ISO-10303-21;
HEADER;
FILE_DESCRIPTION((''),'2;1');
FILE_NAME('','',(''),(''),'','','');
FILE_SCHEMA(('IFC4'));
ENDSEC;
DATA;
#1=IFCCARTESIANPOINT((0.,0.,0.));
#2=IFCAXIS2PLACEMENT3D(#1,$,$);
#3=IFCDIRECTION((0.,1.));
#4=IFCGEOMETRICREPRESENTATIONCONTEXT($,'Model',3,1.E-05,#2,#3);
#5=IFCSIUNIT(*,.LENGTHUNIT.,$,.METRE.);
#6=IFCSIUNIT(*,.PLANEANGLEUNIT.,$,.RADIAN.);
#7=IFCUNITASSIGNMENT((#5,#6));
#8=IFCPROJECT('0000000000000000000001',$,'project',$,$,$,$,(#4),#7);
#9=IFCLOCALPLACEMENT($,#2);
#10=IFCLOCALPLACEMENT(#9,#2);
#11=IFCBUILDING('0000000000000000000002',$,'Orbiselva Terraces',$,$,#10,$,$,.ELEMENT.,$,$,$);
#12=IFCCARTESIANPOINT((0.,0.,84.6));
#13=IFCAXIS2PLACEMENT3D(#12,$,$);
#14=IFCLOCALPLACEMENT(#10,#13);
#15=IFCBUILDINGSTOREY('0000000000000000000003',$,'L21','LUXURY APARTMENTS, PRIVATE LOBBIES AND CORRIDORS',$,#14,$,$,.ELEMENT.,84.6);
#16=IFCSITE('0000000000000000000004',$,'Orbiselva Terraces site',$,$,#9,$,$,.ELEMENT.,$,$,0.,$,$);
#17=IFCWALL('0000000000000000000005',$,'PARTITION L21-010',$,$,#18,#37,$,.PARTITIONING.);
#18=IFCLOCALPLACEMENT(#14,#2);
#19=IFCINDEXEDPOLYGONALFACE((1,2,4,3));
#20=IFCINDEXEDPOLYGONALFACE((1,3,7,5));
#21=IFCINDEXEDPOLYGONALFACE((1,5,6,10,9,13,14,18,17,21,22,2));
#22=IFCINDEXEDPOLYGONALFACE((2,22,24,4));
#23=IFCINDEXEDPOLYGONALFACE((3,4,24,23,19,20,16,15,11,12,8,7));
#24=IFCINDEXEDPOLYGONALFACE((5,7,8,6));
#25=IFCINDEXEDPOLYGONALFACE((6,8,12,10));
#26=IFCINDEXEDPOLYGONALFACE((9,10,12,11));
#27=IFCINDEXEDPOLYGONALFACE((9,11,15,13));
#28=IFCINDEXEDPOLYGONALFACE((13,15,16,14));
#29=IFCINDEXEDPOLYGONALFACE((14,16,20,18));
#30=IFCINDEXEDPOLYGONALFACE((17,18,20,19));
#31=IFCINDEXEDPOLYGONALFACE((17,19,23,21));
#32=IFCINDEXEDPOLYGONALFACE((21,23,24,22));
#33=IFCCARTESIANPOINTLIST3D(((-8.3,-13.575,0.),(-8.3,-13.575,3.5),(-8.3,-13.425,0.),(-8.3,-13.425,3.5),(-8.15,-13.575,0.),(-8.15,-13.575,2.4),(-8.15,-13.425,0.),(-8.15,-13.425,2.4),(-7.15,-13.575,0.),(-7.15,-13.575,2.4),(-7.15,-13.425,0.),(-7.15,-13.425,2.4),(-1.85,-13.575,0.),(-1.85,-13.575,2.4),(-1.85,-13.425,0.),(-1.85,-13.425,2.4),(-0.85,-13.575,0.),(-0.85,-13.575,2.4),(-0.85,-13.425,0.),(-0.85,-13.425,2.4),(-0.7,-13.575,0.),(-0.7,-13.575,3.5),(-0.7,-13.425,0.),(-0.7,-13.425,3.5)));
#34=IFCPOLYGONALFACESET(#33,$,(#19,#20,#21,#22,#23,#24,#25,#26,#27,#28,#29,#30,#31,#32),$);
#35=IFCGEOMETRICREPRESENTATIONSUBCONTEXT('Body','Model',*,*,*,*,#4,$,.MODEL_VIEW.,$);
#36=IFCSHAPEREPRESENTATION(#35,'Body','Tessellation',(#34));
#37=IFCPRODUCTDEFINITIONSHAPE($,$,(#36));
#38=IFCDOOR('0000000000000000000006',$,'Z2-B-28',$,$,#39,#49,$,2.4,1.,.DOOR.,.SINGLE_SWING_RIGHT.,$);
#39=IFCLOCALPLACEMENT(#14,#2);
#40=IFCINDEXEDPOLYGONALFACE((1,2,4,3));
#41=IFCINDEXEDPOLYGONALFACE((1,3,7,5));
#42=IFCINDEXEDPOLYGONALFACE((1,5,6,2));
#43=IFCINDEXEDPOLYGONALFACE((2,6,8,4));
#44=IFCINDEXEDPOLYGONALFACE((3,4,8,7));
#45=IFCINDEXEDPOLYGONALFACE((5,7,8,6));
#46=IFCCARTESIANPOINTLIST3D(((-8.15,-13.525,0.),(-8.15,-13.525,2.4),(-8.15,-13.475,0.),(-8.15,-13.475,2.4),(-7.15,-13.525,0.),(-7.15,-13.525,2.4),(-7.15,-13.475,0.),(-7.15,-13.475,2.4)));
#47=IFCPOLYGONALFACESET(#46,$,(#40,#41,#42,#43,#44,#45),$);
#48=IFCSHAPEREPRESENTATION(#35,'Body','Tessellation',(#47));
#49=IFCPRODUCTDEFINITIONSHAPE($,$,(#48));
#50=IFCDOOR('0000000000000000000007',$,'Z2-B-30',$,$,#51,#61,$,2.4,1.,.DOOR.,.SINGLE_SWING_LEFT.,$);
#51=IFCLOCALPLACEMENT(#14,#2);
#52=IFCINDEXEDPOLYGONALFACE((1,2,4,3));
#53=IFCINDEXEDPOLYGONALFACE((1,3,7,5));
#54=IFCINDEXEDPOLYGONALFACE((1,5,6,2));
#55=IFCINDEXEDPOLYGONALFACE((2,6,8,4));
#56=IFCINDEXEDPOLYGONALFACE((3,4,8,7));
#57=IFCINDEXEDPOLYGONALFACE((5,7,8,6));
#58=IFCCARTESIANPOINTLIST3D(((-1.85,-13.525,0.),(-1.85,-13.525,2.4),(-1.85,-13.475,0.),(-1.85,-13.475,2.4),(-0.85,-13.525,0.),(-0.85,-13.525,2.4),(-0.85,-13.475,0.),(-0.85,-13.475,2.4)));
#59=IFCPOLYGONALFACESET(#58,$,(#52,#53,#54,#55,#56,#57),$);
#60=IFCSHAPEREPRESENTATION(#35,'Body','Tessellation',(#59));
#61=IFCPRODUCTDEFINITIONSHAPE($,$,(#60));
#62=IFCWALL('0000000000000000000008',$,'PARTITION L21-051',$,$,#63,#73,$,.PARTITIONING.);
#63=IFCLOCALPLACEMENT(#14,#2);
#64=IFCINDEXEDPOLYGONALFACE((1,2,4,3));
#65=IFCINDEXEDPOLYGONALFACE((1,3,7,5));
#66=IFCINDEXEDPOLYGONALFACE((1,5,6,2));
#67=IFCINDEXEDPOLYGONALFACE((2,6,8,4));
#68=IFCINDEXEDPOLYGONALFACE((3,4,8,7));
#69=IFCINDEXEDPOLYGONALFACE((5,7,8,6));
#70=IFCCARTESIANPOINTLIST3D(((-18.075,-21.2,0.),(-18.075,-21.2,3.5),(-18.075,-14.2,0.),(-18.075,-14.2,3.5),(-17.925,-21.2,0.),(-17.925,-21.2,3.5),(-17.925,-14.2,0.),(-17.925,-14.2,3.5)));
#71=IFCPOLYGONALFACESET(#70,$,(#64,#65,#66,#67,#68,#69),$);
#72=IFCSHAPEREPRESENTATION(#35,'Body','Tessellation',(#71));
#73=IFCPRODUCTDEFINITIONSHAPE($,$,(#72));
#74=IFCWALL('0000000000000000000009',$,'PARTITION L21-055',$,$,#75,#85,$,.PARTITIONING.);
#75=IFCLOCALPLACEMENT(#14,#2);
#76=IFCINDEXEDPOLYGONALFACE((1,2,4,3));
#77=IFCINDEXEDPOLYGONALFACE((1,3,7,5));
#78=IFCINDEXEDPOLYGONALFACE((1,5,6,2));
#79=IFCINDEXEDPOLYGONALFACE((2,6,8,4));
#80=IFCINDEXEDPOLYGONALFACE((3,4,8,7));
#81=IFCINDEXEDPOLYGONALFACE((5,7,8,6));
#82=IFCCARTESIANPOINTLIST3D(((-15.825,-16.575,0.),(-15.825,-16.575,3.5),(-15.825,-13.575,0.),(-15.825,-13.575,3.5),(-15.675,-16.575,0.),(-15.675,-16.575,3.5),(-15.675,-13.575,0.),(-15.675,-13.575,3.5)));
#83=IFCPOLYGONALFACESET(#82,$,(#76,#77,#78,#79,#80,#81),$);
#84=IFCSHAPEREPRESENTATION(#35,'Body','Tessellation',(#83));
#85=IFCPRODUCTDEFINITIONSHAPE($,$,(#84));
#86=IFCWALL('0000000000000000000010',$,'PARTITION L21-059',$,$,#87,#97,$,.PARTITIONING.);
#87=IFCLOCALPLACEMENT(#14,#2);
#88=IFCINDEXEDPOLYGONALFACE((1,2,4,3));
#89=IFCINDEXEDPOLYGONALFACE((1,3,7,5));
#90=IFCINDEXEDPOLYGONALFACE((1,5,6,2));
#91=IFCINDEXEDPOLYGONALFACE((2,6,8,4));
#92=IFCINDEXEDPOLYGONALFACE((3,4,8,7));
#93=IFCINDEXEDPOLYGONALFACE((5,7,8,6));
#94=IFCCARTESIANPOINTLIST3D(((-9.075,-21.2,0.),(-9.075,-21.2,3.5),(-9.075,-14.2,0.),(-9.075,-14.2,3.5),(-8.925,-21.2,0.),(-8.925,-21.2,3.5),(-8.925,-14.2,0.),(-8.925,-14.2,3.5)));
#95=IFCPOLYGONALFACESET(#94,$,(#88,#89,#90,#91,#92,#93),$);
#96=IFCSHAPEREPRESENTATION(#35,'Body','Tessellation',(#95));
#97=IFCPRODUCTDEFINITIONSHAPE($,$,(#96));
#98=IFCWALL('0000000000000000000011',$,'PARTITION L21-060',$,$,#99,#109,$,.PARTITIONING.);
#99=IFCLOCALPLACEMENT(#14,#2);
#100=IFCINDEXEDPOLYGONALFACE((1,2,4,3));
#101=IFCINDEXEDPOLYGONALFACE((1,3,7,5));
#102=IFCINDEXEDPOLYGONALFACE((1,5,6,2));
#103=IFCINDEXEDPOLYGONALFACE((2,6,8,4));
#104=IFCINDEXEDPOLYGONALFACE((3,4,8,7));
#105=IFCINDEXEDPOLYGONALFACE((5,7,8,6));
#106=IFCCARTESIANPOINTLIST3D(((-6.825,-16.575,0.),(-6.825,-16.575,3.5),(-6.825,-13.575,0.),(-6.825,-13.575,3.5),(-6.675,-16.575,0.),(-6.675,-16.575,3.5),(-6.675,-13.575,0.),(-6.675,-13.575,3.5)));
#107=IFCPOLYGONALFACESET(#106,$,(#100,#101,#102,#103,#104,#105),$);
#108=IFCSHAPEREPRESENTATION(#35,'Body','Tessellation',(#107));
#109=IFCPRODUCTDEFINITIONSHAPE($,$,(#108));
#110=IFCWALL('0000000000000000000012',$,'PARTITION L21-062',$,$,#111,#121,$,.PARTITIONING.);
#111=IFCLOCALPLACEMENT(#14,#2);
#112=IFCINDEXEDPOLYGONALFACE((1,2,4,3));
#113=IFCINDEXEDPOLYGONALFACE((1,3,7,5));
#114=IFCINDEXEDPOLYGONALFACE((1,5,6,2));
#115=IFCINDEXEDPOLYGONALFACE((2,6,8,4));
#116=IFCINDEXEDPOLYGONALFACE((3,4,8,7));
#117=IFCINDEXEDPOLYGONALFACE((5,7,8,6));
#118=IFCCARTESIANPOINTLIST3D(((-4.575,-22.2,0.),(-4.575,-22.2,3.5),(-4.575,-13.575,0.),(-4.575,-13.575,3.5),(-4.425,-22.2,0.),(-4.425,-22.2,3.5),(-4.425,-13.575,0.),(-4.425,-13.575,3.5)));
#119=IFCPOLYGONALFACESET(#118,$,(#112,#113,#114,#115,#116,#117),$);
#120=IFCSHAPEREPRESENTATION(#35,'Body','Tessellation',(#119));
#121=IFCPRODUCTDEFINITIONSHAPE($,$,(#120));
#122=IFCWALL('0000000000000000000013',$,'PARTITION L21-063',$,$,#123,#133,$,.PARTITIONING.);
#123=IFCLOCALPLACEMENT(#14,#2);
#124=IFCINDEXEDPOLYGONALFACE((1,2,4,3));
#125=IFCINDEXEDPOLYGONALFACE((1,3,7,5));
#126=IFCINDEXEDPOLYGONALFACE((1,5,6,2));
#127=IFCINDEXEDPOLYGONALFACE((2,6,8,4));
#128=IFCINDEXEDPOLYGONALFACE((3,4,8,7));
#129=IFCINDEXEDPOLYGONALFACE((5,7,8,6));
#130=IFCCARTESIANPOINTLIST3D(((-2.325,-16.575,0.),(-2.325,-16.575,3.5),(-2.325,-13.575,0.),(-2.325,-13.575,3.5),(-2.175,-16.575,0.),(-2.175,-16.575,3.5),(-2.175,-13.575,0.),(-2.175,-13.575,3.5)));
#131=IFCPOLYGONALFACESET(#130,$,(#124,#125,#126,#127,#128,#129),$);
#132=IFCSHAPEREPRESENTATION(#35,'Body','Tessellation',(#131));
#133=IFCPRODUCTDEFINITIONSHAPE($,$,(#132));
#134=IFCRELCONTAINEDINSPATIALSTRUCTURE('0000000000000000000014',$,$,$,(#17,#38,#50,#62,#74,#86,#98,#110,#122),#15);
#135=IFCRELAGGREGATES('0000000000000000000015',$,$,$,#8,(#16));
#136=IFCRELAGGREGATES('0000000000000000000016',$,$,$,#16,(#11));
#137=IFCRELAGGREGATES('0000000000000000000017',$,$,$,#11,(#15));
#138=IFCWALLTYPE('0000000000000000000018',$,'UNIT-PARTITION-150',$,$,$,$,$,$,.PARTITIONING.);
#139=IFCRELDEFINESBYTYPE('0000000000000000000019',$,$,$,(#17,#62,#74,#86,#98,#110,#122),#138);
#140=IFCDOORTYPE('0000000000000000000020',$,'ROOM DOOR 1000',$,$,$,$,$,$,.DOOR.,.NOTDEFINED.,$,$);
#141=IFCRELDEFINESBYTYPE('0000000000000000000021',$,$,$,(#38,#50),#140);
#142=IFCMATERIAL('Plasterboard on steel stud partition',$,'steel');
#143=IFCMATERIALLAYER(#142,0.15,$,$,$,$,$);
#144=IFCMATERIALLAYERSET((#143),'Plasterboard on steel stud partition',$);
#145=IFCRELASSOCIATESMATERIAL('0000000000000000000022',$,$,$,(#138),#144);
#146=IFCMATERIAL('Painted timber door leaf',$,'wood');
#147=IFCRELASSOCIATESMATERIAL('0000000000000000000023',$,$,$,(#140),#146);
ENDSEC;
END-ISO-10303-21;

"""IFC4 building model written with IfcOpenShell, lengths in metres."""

from ifc_helpers import new_model, si_unit, direction, frame, frame_2d, origin, place, context, subcontext, project, spatial, rectangle, extrude, material, layer, layer_set, type_object, element, fill, save


model = new_model("IFC4")

# Units and contexts
model_context = context("Model", 3, precision=1e-05, world=origin(), true_north=direction((0.0, 1.0)))
body_context = subcontext(model_context, "Body", "Model", "MODEL_VIEW")
ifc_project = project(units=[si_unit("LENGTHUNIT", "METRE"), si_unit("PLANEANGLEUNIT", "RADIAN")], contexts=[model_context])

# Site, building, storey
site_placement = place(None, origin())
site = spatial("IfcSite", under=ifc_project, at=site_placement, Name="Orbiselva Terraces site", CompositionType="ELEMENT", RefElevation=0.0)
building_placement = place(site_placement, origin())
building = spatial("IfcBuilding", under=site, at=building_placement, Name="Orbiselva Terraces", CompositionType="ELEMENT")
storey_placement = place(building_placement, frame((0.0, 0.0, 84.6)))
storey = spatial("IfcBuildingStorey", under=building, at=storey_placement, Name="L21", Description="LUXURY APARTMENTS, PRIVATE LOBBIES AND CORRIDORS", CompositionType="ELEMENT", Elevation=84.6)

# Shared definitions
ifc_material_1 = material(Name="Plasterboard on steel stud partition", Category="steel")
ifc_layer_1 = layer(ifc_material_1, 0.15)
ifc_layer_set_1 = layer_set([ifc_layer_1], Name="Plasterboard on steel stud partition")
wall_type_1 = type_object("IfcWallType", Name="UNIT-PARTITION-150", PredefinedType="PARTITIONING", material=ifc_layer_set_1)
ifc_material_2 = material(Name="Painted timber door leaf", Category="wood")

# Wall, openings, doors
wall_1_placement = place(storey_placement, frame((-0.7, -13.5, 0.0), z_axis=(0.0, 0.0, 1.0), x_axis=(-1.0, 0.0, 0.0)))
wall_1 = element("IfcWall", 1, at=wall_1_placement, inside=storey, type_object=wall_type_1, Name="PARTITION L21-010", PredefinedType="PARTITIONING", context=body_context, shape_type="SweptSolid", body=[
    extrude(rectangle(XDim=7.6, YDim=0.15, at=frame_2d((3.8, 0.0))), origin(), (0.0, 0.0, 1.0), 3.5),
])
opening_1_placement = place(wall_1_placement, frame((6.45, 0.0, 0.0)))
opening_1 = element("IfcOpeningElement", 2, at=opening_1_placement, cuts=wall_1, PredefinedType="OPENING", context=body_context, shape_type="SweptSolid", body=[
    extrude(rectangle(XDim=1.0, YDim=2.4, at=frame_2d((0.5, 1.2))), frame((0.0, 0.085, 0.0), z_axis=(0.0, -1.0, 0.0), x_axis=(1.0, 0.0, 0.0)), (0.0, 0.0, 1.0), 0.17),
])
opening_2_placement = place(wall_1_placement, frame((0.15, 0.0, 0.0)))
opening_2 = element("IfcOpeningElement", 3, at=opening_2_placement, cuts=wall_1, PredefinedType="OPENING", context=body_context, shape_type="SweptSolid", body=[
    extrude(rectangle(XDim=1.0, YDim=2.4, at=frame_2d((0.5, 1.2))), frame((0.0, 0.085, 0.0), z_axis=(0.0, -1.0, 0.0), x_axis=(1.0, 0.0, 0.0)), (0.0, 0.0, 1.0), 0.17),
])
door_type_1 = type_object("IfcDoorType", Name="ROOM DOOR 1000", OperationType="NOTDEFINED", PredefinedType="DOOR", material=ifc_material_2)
door_1_placement = place(opening_1_placement, origin())
door_1 = element("IfcDoor", 4, at=door_1_placement, inside=storey, type_object=door_type_1, Name="Z2-B-28", OperationType="SINGLE_SWING_RIGHT", OverallHeight=2.4, OverallWidth=1.0, PredefinedType="DOOR", context=body_context, shape_type="SweptSolid", body=[
    extrude(rectangle(XDim=1.0, YDim=2.4, at=frame_2d((0.5, 1.2))), frame((0.0, 0.025, 0.0), z_axis=(0.0, -1.0, 0.0), x_axis=(1.0, 0.0, 0.0)), (0.0, 0.0, 1.0), 0.05),
])
fill(opening_1, door_1)
door_2_placement = place(opening_2_placement, origin())
door_2 = element("IfcDoor", 5, at=door_2_placement, inside=storey, type_object=door_type_1, Name="Z2-B-30", OperationType="SINGLE_SWING_LEFT", OverallHeight=2.4, OverallWidth=1.0, PredefinedType="DOOR", context=body_context, shape_type="SweptSolid", body=[
    extrude(rectangle(XDim=1.0, YDim=2.4, at=frame_2d((0.5, 1.2))), frame((0.0, 0.025, 0.0), z_axis=(0.0, -1.0, 0.0), x_axis=(1.0, 0.0, 0.0)), (0.0, 0.0, 1.0), 0.05),
])
fill(opening_2, door_2)

# Walls
wall_2_placement = place(storey_placement, frame((-18.0, -21.2, 0.0), z_axis=(0.0, 0.0, 1.0), x_axis=(0.0, 1.0, 0.0)))
element("IfcWall", 6, at=wall_2_placement, inside=storey, type_object=wall_type_1, Name="PARTITION L21-051", PredefinedType="PARTITIONING", context=body_context, shape_type="SweptSolid", body=[
    extrude(rectangle(XDim=7.0, YDim=0.15, at=frame_2d((3.5, 0.0))), origin(), (0.0, 0.0, 1.0), 3.5),
])
wall_3_placement = place(storey_placement, frame((-15.75, -16.575, 0.0), z_axis=(0.0, 0.0, 1.0), x_axis=(0.0, 1.0, 0.0)))
element("IfcWall", 7, at=wall_3_placement, inside=storey, type_object=wall_type_1, Name="PARTITION L21-055", PredefinedType="PARTITIONING", context=body_context, shape_type="SweptSolid", body=[
    extrude(rectangle(XDim=3.0, YDim=0.15, at=frame_2d((1.5, 0.0))), origin(), (0.0, 0.0, 1.0), 3.5),
])
wall_4_placement = place(storey_placement, frame((-9.0, -21.2, 0.0), z_axis=(0.0, 0.0, 1.0), x_axis=(0.0, 1.0, 0.0)))
element("IfcWall", 8, at=wall_4_placement, inside=storey, type_object=wall_type_1, Name="PARTITION L21-059", PredefinedType="PARTITIONING", context=body_context, shape_type="SweptSolid", body=[
    extrude(rectangle(XDim=7.0, YDim=0.15, at=frame_2d((3.5, 0.0))), origin(), (0.0, 0.0, 1.0), 3.5),
])
wall_5_placement = place(storey_placement, frame((-6.75, -16.575, 0.0), z_axis=(0.0, 0.0, 1.0), x_axis=(0.0, 1.0, 0.0)))
element("IfcWall", 9, at=wall_5_placement, inside=storey, type_object=wall_type_1, Name="PARTITION L21-060", PredefinedType="PARTITIONING", context=body_context, shape_type="SweptSolid", body=[
    extrude(rectangle(XDim=3.0, YDim=0.15, at=frame_2d((1.5, 0.0))), origin(), (0.0, 0.0, 1.0), 3.5),
])
wall_6_placement = place(storey_placement, frame((-4.5, -22.2, 0.0), z_axis=(0.0, 0.0, 1.0), x_axis=(0.0, 1.0, 0.0)))
element("IfcWall", 10, at=wall_6_placement, inside=storey, type_object=wall_type_1, Name="PARTITION L21-062", PredefinedType="PARTITIONING", context=body_context, shape_type="SweptSolid", body=[
    extrude(rectangle(XDim=8.625, YDim=0.15, at=frame_2d((4.3125, 0.0))), origin(), (0.0, 0.0, 1.0), 3.5),
])
wall_7_placement = place(storey_placement, frame((-2.25, -16.575, 0.0), z_axis=(0.0, 0.0, 1.0), x_axis=(0.0, 1.0, 0.0)))
element("IfcWall", 11, at=wall_7_placement, inside=storey, type_object=wall_type_1, Name="PARTITION L21-063", PredefinedType="PARTITIONING", context=body_context, shape_type="SweptSolid", body=[
    extrude(rectangle(XDim=3.0, YDim=0.15, at=frame_2d((1.5, 0.0))), origin(), (0.0, 0.0, 1.0), 3.5),
])

save(model, "model.ifc")
